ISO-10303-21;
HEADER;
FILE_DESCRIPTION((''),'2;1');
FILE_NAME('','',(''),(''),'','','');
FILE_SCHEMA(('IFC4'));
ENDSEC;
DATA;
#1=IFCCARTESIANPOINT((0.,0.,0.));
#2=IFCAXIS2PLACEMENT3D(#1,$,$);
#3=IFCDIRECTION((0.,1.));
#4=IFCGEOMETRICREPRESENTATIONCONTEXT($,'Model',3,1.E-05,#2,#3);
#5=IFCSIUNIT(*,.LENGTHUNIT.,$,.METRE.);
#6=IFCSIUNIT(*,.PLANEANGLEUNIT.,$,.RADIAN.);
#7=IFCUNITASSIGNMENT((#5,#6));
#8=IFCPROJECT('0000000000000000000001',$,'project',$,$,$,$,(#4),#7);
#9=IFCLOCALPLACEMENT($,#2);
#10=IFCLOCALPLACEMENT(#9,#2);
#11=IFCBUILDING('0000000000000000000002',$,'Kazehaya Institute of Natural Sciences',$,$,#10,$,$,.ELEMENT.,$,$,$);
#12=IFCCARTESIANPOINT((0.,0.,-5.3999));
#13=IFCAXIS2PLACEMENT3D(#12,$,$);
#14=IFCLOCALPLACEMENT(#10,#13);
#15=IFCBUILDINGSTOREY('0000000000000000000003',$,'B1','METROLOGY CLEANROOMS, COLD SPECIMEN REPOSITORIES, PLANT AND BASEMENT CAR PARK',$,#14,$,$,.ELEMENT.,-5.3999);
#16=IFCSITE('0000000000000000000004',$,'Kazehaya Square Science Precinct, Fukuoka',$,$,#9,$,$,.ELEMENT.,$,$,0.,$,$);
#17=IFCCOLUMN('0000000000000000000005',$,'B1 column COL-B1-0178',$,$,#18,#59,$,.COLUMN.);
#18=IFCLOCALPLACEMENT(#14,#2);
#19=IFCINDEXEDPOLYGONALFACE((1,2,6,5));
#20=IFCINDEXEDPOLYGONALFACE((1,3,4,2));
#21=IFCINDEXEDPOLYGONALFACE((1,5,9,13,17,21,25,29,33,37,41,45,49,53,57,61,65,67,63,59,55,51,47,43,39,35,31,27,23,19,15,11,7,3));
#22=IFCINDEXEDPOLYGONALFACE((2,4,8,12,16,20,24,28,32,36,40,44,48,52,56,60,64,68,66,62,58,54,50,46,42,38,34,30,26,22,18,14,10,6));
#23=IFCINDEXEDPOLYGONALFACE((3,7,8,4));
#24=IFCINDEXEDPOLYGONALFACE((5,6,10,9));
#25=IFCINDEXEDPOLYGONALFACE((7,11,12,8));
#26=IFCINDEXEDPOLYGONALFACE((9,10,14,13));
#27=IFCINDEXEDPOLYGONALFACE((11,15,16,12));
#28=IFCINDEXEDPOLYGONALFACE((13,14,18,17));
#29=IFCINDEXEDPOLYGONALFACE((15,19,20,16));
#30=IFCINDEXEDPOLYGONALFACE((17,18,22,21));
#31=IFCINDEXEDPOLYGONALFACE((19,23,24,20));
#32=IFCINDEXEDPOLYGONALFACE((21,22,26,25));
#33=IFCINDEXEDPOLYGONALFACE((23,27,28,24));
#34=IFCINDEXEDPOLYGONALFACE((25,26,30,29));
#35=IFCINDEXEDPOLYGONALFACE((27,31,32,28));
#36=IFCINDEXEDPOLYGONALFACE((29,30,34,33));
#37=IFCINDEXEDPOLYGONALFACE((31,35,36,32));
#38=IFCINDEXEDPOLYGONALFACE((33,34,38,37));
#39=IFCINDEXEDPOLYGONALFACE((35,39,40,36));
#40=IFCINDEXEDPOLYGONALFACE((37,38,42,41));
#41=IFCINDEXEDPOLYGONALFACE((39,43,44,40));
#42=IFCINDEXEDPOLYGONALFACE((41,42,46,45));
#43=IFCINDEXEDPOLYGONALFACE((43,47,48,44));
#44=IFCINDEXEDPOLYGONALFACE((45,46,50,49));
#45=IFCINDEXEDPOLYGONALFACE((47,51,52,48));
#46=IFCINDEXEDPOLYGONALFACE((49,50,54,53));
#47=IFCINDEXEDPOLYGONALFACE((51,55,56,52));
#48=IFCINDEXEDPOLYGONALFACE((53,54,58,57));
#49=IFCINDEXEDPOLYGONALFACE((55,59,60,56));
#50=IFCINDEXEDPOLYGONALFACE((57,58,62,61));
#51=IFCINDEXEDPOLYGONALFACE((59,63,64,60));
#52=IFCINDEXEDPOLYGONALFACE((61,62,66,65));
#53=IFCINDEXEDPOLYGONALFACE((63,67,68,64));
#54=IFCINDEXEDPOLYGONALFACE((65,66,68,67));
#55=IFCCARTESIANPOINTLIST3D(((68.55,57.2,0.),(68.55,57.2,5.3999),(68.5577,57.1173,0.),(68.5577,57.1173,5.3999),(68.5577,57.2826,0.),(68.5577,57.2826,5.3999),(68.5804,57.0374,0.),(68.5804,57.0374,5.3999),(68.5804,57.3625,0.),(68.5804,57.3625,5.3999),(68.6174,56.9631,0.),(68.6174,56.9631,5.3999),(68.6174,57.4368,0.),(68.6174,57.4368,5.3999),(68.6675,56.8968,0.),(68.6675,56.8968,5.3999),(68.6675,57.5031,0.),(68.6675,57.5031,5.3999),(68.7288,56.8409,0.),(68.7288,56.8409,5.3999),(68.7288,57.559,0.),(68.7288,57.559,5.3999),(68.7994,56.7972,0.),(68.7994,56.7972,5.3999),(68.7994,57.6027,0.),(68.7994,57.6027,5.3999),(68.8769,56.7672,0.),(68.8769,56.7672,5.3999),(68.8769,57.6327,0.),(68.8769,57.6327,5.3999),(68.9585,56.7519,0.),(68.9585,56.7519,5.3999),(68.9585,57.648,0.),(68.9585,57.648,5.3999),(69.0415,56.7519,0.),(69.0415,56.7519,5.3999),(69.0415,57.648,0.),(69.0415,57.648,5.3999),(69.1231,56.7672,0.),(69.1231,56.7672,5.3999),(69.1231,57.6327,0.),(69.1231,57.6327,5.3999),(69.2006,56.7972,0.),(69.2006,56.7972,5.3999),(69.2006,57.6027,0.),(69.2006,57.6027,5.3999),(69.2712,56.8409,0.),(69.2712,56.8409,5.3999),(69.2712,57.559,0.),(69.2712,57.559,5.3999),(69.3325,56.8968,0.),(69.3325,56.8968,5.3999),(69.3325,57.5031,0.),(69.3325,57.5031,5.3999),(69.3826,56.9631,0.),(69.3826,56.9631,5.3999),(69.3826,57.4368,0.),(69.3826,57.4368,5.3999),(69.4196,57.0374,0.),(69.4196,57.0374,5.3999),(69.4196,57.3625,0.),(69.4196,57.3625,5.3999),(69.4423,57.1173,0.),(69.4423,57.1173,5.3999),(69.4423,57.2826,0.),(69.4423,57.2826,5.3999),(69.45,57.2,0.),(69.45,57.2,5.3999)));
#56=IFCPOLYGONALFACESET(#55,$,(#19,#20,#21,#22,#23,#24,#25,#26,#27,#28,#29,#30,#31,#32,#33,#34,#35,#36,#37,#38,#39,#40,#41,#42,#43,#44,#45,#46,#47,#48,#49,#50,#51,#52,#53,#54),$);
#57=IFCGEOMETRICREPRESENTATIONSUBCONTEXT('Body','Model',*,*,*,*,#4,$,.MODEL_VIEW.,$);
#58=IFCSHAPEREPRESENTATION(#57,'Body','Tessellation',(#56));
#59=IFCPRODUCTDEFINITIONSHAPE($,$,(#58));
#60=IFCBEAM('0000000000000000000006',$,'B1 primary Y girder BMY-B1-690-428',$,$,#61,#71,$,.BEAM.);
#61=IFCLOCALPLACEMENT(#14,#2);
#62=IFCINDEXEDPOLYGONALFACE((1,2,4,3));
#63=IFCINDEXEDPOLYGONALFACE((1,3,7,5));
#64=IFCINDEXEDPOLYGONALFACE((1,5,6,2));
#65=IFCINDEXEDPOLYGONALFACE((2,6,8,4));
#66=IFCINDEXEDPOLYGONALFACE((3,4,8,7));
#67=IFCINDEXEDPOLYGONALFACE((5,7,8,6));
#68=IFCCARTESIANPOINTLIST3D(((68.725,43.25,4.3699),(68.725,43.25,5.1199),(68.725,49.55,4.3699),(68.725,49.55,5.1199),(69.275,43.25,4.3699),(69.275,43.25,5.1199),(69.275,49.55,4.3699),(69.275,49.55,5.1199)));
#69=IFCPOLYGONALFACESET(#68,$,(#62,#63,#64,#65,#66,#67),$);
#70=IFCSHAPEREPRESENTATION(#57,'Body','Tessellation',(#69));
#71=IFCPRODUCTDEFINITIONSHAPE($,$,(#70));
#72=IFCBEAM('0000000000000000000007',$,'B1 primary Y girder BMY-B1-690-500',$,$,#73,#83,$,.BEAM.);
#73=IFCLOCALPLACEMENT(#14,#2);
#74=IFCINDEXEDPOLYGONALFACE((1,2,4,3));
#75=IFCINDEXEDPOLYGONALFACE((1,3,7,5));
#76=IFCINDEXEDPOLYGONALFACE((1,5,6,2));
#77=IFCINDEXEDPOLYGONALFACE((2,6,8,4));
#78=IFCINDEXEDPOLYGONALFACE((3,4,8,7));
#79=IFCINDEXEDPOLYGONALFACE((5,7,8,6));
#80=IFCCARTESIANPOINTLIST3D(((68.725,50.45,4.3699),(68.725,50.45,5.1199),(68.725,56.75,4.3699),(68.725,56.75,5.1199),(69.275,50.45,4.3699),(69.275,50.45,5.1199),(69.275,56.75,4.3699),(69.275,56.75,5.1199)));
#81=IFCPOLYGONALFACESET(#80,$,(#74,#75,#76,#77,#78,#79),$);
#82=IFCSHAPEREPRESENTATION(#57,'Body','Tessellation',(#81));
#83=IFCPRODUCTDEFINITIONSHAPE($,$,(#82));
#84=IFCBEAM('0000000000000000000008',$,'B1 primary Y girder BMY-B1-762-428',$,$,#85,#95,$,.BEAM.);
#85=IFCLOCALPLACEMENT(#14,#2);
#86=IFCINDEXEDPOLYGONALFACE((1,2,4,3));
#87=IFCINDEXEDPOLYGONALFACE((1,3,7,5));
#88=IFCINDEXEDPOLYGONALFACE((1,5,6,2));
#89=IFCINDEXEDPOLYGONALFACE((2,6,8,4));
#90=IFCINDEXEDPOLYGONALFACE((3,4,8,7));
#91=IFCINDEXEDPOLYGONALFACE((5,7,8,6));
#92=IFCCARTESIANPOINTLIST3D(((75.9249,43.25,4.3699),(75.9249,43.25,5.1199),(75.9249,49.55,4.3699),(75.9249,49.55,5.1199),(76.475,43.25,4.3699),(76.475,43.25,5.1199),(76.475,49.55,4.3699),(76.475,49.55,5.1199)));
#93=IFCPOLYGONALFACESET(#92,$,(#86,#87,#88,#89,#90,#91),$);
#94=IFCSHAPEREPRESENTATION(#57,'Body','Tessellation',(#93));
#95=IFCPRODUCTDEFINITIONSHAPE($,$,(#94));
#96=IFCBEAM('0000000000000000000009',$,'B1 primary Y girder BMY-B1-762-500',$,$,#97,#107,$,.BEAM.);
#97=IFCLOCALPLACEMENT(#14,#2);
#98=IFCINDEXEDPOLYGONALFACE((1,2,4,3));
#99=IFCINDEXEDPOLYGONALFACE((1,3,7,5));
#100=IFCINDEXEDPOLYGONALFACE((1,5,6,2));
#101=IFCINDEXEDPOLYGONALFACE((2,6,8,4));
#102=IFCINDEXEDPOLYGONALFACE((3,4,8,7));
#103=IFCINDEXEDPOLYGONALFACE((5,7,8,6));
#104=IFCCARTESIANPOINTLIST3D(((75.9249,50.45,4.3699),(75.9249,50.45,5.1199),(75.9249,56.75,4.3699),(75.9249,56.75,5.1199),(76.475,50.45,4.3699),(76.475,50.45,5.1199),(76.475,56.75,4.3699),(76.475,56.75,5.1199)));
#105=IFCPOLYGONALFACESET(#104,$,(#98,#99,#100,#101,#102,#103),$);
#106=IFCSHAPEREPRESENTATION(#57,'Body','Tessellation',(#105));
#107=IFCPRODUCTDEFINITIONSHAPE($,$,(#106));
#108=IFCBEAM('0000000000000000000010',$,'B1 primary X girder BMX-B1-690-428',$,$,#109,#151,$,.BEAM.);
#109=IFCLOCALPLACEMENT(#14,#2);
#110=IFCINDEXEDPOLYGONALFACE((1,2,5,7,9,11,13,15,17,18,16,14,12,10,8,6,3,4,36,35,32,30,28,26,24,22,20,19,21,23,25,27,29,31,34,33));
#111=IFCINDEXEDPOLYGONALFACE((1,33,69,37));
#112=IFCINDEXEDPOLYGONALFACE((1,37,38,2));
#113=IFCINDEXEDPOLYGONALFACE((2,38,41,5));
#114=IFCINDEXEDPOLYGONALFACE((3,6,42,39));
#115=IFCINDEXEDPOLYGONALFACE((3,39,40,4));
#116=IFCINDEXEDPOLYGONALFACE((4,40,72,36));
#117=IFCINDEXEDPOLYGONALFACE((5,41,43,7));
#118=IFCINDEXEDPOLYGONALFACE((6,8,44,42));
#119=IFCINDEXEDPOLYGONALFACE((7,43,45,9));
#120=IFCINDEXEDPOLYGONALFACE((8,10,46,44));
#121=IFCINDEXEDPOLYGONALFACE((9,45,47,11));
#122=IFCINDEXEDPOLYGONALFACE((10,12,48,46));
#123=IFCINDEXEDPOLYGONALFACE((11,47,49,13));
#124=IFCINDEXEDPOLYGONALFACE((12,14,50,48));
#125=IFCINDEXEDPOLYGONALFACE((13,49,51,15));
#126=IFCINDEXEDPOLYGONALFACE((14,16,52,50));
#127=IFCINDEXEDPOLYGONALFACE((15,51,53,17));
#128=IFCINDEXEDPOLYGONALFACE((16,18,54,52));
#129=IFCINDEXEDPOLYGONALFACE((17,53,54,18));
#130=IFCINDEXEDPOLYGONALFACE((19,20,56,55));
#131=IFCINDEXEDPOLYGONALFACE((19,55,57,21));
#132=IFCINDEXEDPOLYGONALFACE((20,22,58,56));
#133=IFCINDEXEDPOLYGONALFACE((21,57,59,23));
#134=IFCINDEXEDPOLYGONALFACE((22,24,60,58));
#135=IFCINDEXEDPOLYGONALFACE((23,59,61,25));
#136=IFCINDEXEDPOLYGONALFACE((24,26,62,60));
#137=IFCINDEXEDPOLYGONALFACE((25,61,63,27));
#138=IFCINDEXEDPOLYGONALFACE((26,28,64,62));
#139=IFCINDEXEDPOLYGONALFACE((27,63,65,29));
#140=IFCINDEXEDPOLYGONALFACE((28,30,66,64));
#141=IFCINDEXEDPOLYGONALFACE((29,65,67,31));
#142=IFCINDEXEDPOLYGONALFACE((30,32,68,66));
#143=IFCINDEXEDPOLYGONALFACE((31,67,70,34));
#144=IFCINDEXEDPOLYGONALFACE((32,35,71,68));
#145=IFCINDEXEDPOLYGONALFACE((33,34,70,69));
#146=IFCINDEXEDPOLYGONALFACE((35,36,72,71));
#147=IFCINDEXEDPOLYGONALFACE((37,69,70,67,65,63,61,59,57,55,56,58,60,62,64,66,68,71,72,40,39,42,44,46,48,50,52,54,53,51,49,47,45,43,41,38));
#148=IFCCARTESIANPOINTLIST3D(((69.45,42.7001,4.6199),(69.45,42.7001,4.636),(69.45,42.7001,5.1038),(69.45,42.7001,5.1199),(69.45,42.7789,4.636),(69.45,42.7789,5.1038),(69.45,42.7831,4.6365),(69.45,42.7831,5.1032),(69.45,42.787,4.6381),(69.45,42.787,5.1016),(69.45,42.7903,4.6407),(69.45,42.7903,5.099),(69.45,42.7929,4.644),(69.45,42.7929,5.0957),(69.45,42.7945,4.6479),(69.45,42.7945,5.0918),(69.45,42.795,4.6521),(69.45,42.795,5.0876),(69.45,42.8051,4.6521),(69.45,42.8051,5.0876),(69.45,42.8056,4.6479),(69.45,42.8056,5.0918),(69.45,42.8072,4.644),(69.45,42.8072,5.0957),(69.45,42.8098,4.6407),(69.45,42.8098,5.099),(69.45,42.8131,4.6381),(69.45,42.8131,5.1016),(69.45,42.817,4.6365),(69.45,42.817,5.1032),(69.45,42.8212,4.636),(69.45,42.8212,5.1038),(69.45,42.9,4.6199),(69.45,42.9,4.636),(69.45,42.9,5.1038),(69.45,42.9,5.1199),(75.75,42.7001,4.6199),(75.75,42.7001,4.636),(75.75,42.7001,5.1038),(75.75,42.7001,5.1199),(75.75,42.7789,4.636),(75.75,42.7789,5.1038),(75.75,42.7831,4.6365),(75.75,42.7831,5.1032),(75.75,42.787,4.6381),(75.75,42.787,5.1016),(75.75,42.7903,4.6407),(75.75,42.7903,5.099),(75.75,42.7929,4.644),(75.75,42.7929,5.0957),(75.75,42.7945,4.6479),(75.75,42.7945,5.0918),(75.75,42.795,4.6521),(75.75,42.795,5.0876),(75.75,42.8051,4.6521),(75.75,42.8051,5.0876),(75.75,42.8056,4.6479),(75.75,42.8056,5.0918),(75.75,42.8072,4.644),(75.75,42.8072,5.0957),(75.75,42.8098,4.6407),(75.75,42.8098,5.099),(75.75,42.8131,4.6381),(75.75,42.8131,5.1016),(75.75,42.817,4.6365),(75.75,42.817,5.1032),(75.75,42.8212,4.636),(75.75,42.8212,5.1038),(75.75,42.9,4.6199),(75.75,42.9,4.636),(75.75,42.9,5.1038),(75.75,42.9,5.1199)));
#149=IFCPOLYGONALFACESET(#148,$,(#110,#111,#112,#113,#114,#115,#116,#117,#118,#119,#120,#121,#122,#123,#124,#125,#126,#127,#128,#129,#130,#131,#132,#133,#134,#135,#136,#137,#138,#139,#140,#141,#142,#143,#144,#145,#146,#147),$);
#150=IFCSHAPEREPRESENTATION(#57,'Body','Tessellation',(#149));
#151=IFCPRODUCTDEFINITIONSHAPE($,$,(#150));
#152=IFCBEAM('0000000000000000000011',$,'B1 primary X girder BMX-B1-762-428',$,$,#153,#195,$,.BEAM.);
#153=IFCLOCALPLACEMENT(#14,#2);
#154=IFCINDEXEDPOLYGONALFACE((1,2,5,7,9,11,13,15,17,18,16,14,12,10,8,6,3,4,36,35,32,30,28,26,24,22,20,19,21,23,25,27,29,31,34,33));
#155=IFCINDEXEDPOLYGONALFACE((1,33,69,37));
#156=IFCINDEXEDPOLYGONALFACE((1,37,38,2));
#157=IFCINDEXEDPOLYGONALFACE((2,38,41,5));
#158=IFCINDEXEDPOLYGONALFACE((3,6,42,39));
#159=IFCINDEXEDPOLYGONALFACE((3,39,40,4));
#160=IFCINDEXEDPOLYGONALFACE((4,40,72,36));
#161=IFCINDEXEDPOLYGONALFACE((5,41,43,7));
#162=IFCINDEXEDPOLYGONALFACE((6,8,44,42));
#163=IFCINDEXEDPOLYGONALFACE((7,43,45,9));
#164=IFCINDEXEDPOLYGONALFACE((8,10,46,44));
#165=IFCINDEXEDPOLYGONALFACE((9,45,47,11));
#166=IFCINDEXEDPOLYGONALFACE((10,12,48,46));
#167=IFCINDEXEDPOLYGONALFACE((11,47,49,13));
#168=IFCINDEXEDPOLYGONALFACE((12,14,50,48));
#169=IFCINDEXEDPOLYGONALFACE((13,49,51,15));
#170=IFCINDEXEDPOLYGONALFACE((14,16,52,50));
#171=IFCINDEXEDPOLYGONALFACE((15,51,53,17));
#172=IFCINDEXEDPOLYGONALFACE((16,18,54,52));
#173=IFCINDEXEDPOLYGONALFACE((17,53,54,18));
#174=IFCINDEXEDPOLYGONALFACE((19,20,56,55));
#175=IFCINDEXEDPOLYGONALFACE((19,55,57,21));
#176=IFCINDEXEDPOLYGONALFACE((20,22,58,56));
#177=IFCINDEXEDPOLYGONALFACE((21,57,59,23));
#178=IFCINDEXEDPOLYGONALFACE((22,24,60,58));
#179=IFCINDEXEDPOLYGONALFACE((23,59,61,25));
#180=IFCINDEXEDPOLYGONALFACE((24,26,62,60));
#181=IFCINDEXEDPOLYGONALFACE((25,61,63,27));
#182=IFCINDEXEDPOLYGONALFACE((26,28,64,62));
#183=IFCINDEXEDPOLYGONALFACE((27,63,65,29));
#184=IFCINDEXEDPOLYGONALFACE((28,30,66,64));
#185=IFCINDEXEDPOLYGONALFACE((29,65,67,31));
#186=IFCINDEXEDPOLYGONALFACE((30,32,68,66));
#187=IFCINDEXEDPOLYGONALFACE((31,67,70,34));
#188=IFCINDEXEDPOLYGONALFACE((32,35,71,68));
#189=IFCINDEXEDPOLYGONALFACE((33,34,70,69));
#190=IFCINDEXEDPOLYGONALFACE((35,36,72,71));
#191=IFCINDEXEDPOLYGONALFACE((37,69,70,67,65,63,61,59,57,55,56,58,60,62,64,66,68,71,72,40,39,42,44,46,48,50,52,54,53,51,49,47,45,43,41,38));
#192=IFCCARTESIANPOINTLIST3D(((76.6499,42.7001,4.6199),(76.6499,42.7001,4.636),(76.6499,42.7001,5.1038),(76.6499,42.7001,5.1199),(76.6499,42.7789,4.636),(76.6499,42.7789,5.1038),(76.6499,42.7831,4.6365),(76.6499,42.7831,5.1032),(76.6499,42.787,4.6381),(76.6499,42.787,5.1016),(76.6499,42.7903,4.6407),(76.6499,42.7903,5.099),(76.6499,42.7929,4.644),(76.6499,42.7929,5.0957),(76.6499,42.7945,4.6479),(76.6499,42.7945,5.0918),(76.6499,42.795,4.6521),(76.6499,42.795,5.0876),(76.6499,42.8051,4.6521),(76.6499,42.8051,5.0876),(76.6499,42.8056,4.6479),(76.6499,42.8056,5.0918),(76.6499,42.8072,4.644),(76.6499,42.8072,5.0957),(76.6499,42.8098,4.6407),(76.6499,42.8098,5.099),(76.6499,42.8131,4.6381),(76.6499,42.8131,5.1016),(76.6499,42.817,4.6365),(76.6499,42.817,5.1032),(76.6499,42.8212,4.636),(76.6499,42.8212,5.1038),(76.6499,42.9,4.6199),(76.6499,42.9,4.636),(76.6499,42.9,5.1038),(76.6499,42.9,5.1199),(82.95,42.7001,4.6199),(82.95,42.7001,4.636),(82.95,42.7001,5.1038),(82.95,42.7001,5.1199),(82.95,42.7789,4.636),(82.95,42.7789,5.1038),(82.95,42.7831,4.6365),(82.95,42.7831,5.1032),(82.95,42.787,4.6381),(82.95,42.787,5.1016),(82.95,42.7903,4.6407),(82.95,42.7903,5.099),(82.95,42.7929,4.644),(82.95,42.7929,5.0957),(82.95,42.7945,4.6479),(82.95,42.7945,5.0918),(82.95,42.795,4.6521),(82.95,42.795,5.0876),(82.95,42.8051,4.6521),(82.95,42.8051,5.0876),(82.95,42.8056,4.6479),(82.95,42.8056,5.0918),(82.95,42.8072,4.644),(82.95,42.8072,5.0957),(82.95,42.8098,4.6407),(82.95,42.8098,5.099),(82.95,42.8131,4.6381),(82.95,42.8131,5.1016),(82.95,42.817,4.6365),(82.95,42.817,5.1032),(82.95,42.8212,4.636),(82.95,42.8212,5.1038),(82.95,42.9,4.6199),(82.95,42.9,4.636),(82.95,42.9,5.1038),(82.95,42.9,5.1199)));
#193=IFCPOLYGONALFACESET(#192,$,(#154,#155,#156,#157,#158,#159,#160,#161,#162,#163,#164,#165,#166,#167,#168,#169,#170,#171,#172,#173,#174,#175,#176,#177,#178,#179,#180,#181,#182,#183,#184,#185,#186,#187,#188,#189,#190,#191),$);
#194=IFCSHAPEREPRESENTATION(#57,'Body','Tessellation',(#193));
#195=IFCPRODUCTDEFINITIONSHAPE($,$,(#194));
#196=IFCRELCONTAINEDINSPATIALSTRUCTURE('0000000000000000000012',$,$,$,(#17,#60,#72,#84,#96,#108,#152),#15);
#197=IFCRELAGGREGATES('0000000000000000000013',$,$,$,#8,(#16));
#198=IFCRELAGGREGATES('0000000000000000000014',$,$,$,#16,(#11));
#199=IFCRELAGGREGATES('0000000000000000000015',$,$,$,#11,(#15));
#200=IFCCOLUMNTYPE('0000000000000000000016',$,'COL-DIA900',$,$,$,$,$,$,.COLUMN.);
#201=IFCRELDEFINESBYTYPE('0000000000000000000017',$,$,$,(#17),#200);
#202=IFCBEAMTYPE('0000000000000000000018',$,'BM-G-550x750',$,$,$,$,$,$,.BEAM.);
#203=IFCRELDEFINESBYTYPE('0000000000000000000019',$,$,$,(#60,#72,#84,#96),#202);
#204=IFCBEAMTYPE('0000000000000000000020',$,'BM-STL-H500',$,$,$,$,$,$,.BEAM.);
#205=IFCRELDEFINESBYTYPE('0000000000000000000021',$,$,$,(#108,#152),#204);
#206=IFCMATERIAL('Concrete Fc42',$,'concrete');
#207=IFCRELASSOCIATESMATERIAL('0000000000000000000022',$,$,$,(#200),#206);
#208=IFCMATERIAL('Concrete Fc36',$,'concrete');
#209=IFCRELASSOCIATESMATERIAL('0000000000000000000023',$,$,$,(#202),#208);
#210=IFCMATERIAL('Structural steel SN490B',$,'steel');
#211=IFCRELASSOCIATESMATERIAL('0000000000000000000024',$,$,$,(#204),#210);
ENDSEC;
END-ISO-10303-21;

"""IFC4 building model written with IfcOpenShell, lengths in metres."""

from ifc_helpers import new_model, si_unit, direction, frame, origin, origin_2d, place, context, subcontext, project, spatial, rectangle, circle, i_section, extrude, material, material_profile, profile_set, type_object, element, save


model = new_model("IFC4")

# Units and contexts
model_context = context("Model", 3, precision=1e-05, world=origin(), true_north=direction((0.0, 1.0)))
body_context = subcontext(model_context, "Body", "Model", "MODEL_VIEW")
ifc_project = project(units=[si_unit("LENGTHUNIT", "METRE"), si_unit("PLANEANGLEUNIT", "RADIAN")], contexts=[model_context])

# Site, building, storey
site_placement = place(None, origin())
site = spatial("IfcSite", under=ifc_project, at=site_placement, Name="Kazehaya Square Science Precinct, Fukuoka", CompositionType="ELEMENT", RefElevation=0.0)
building_placement = place(site_placement, origin())
building = spatial("IfcBuilding", under=site, at=building_placement, Name="Kazehaya Institute of Natural Sciences", CompositionType="ELEMENT")
storey_placement = place(building_placement, frame((0.0, 0.0, -5.3999)))
storey = spatial("IfcBuildingStorey", under=building, at=storey_placement, Name="B1", Description="METROLOGY CLEANROOMS, COLD SPECIMEN REPOSITORIES, PLANT AND BASEMENT CAR PARK", CompositionType="ELEMENT", Elevation=-5.3999)

# Shared definitions
ifc_material_1 = material(Name="Concrete Fc36", Category="concrete")

# Column
ifc_material_2 = material(Name="Concrete Fc42", Category="concrete")
ifc_material_profile_1 = material_profile(ifc_material_2, circle(Radius=0.45, at=origin_2d()), Name="RC-DIA900")
ifc_profile_set_1 = profile_set([ifc_material_profile_1], Name="Concrete Fc42")
column_type = type_object("IfcColumnType", Name="COL-DIA900", PredefinedType="COLUMN", material=ifc_profile_set_1)
for number, where, z_axis, x_axis, name in (
    (1, (69.0, 57.2, 0.0), (0.0, 0.0, 1.0), (1.0, 0.0, 0.0), "B1 column COL-B1-0178"),
):
    element("IfcColumn", number, at=place(storey_placement, frame(where, z_axis=z_axis, x_axis=x_axis)), inside=storey, type_object=column_type, Name=name, PredefinedType="COLUMN", context=body_context, shape_type="SweptSolid", body=[
        extrude(circle(Radius=0.45, at=origin_2d()), origin(), (0.0, 0.0, 1.0), 5.3999),
    ])

# Beams
ifc_material_profile_2 = material_profile(ifc_material_1, rectangle(XDim=0.55, YDim=0.75, at=origin_2d()), Name="RC-550x750")
ifc_profile_set_2 = profile_set([ifc_material_profile_2], Name="Concrete Fc36")
beam_type_1 = type_object("IfcBeamType", Name="BM-G-550x750", PredefinedType="BEAM", material=ifc_profile_set_2)
for number, where, z_axis, x_axis, name in (
    (2, (69.0, 43.25, 4.7449), (0.0, 1.0, 0.0), (-1.0, 0.0, 0.0), "B1 primary Y girder BMY-B1-690-428"),
    (3, (69.0, 50.45, 4.7449), (0.0, 1.0, 0.0), (-1.0, 0.0, 0.0), "B1 primary Y girder BMY-B1-690-500"),
    (4, (76.2, 43.25, 4.7449), (0.0, 1.0, 0.0), (-1.0, 0.0, 0.0), "B1 primary Y girder BMY-B1-762-428"),
    (5, (76.2, 50.45, 4.7449), (0.0, 1.0, 0.0), (-1.0, 0.0, 0.0), "B1 primary Y girder BMY-B1-762-500"),
):
    element("IfcBeam", number, at=place(storey_placement, frame(where, z_axis=z_axis, x_axis=x_axis)), inside=storey, type_object=beam_type_1, Name=name, PredefinedType="BEAM", context=body_context, shape_type="SweptSolid", body=[
        extrude(rectangle(XDim=0.55, YDim=0.75, at=origin_2d()), origin(), (0.0, 0.0, 1.0), 6.3),
    ])
ifc_material_3 = material(Name="Structural steel SN490B", Category="steel")
ifc_material_profile_3 = material_profile(ifc_material_3, i_section(OverallWidth=0.2, OverallDepth=0.5, WebThickness=0.01, FlangeThickness=0.0161, FilletRadius=0.0161, at=origin_2d()), Name="H-500x200x10x16")
ifc_profile_set_3 = profile_set([ifc_material_profile_3], Name="Structural steel SN490B")
beam_type_2 = type_object("IfcBeamType", Name="BM-STL-H500", PredefinedType="BEAM", material=ifc_profile_set_3)
for number, where, z_axis, x_axis, name in (
    (6, (69.45, 42.8, 4.8699), (1.0, 0.0, 0.0), (0.0, 1.0, 0.0), "B1 primary X girder BMX-B1-690-428"),
    (7, (76.6499, 42.8, 4.8699), (1.0, 0.0, 0.0), (0.0, 1.0, 0.0), "B1 primary X girder BMX-B1-762-428"),
):
    element("IfcBeam", number, at=place(storey_placement, frame(where, z_axis=z_axis, x_axis=x_axis)), inside=storey, type_object=beam_type_2, Name=name, PredefinedType="BEAM", context=body_context, shape_type="SweptSolid", body=[
        extrude(i_section(OverallWidth=0.2, OverallDepth=0.5, WebThickness=0.01, FlangeThickness=0.0161, FilletRadius=0.0161, at=origin_2d()), origin(), (0.0, 0.0, 1.0), 6.3),
    ])

save(model, "model.ifc")
